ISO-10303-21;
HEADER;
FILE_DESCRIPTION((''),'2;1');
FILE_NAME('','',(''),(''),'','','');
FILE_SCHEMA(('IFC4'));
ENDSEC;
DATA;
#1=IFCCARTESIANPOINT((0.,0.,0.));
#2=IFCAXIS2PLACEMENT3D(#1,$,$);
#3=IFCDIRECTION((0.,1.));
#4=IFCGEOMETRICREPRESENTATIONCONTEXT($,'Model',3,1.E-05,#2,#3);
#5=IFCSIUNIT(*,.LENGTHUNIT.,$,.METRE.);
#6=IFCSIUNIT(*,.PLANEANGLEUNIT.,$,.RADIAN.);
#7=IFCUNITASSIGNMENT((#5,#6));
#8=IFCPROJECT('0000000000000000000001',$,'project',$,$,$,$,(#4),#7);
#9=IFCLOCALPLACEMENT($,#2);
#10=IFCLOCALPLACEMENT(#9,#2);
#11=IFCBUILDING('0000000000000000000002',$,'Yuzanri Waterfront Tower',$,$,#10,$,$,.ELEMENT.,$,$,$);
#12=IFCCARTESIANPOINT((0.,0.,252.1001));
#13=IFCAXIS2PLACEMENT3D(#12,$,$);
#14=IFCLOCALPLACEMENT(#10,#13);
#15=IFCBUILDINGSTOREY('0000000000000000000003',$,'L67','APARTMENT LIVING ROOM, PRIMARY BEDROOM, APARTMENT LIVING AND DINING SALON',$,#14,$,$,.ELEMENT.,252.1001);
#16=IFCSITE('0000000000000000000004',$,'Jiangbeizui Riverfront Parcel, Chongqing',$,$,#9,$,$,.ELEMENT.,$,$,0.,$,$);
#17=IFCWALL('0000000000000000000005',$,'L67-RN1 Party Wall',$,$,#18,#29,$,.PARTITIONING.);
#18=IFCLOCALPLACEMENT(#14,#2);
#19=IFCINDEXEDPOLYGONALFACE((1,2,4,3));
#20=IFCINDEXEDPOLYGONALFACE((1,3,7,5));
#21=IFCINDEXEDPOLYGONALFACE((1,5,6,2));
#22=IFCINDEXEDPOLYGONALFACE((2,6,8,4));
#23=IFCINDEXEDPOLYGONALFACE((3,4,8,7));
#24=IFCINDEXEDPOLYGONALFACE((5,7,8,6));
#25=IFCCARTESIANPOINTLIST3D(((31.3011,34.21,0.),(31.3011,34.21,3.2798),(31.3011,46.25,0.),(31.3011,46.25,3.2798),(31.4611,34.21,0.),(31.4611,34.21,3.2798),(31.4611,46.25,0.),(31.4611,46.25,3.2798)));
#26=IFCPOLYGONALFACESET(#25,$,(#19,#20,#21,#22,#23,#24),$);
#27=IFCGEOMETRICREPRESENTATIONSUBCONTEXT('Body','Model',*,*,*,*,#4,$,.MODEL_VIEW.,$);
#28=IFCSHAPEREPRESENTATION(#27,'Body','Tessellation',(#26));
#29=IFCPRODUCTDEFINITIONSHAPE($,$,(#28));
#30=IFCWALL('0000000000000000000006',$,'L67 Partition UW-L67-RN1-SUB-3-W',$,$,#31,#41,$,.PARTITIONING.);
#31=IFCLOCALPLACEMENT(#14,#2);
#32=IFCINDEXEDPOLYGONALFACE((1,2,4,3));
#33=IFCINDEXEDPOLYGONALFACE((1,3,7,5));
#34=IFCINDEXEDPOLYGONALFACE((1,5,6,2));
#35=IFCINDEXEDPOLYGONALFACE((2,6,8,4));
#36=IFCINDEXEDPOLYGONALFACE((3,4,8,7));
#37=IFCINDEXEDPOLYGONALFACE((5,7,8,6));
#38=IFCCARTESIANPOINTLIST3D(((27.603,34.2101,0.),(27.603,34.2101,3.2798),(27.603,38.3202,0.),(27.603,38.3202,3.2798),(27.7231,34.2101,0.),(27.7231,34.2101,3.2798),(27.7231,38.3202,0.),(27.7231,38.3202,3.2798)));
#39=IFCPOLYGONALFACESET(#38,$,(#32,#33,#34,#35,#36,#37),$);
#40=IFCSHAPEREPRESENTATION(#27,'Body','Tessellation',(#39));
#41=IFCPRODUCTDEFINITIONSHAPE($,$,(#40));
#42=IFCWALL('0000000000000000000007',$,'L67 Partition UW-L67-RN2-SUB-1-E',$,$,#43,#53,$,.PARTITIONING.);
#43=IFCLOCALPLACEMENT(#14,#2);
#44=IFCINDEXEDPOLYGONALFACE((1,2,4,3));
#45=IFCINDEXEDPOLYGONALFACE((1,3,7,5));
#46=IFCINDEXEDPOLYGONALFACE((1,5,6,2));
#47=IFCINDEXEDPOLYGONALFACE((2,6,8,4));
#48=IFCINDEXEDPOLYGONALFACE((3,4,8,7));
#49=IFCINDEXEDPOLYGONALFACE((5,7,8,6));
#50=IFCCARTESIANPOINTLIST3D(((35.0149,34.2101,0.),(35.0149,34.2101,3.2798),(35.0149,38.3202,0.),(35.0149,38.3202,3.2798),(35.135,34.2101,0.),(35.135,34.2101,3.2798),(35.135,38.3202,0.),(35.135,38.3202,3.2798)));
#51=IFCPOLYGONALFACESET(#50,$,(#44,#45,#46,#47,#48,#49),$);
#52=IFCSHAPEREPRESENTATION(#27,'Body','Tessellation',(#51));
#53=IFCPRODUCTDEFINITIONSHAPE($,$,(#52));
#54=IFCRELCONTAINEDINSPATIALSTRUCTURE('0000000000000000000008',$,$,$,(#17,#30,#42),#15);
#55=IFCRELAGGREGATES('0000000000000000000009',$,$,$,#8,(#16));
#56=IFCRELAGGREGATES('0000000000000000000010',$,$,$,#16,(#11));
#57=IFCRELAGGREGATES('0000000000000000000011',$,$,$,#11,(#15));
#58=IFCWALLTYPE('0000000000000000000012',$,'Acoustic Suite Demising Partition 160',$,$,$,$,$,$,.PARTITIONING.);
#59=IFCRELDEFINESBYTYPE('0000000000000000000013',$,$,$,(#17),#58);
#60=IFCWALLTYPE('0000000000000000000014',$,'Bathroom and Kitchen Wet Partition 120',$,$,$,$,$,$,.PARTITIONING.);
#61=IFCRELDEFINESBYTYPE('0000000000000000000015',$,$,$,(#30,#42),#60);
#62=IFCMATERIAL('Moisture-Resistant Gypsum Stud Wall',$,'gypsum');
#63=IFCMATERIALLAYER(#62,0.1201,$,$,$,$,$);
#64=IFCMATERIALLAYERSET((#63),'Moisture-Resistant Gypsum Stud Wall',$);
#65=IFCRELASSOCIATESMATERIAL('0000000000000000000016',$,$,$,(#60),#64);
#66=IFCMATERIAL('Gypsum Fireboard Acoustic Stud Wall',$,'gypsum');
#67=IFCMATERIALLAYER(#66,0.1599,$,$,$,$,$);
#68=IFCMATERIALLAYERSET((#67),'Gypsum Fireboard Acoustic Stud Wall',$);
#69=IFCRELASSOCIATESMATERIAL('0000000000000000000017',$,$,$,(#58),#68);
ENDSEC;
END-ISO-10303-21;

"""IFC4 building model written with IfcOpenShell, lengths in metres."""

from ifc_helpers import new_model, si_unit, direction, frame, frame_2d, origin, place, context, subcontext, project, spatial, rectangle, extrude, source, transform, mapped, material, layer, layer_set, type_object, element, save


model = new_model("IFC4")

# Units and contexts
model_context = context("Model", 3, precision=1e-05, world=origin(), true_north=direction((0.0, 1.0)))
body_context = subcontext(model_context, "Body", "Model", "MODEL_VIEW")
ifc_project = project(units=[si_unit("LENGTHUNIT", "METRE"), si_unit("PLANEANGLEUNIT", "RADIAN")], contexts=[model_context])

# Site, building, storey
site_placement = place(None, origin())
site = spatial("IfcSite", under=ifc_project, at=site_placement, Name="Jiangbeizui Riverfront Parcel, Chongqing", CompositionType="ELEMENT", RefElevation=0.0)
building_placement = place(site_placement, origin())
building = spatial("IfcBuilding", under=site, at=building_placement, Name="Yuzanri Waterfront Tower", CompositionType="ELEMENT")
storey_placement = place(building_placement, frame((0.0, 0.0, 252.1001)))
storey = spatial("IfcBuildingStorey", under=building, at=storey_placement, Name="L67", Description="APARTMENT LIVING ROOM, PRIMARY BEDROOM, APARTMENT LIVING AND DINING SALON", CompositionType="ELEMENT", Elevation=252.1001)

# Shared definitions
ifc_material_1 = material(Name="Moisture-Resistant Gypsum Stud Wall", Category="gypsum")
ifc_layer_1 = layer(ifc_material_1, 0.1201)
ifc_layer_set_1 = layer_set([ifc_layer_1], Name="Moisture-Resistant Gypsum Stud Wall")
wall_type_1 = type_object("IfcWallType", Name="Bathroom and Kitchen Wet Partition 120", PredefinedType="PARTITIONING", material=ifc_layer_set_1)

# Walls
ifc_material_2 = material(Name="Gypsum Fireboard Acoustic Stud Wall", Category="gypsum")
ifc_layer_2 = layer(ifc_material_2, 0.1599)
ifc_layer_set_2 = layer_set([ifc_layer_2], Name="Gypsum Fireboard Acoustic Stud Wall")
wall_type_2 = type_object("IfcWallType", Name="Acoustic Suite Demising Partition 160", PredefinedType="PARTITIONING", material=ifc_layer_set_2)
shared_shape_1 = source(origin(), body_context, "Body", "SweptSolid", [
    extrude(rectangle(XDim=12.04, YDim=0.1599, at=frame_2d((6.02, 0.0))), origin(), (0.0, 0.0, 1.0), 3.2798),
])
wall_1_placement = place(storey_placement, frame((31.3811, 34.21, 0.0), z_axis=(0.0, 0.0, 1.0), x_axis=(0.0, 1.0, 0.0)))
element("IfcWall", 1, at=wall_1_placement, inside=storey, type_object=wall_type_2, Name="L67-RN1 Party Wall", PredefinedType="PARTITIONING", context=body_context, shape_type="MappedRepresentation", body=[
    mapped(shared_shape_1, transform((0.0, 0.0, 0.0), scale=1.0)),
])
shared_shape_2 = source(origin(), body_context, "Body", "SweptSolid", [
    extrude(rectangle(XDim=4.1101, YDim=0.1201, at=frame_2d((2.0552, 0.0))), origin(), (0.0, 0.0, 1.0), 3.2798),
])
for number, where, z_axis, x_axis, name in (
    (2, (27.6631, 34.21, 0.0), (0.0, 0.0, 1.0), (0.0, 1.0, 0.0), "L67 Partition UW-L67-RN1-SUB-3-W"),
    (3, (35.075, 34.21, 0.0), (0.0, 0.0, 1.0), (0.0, 1.0, 0.0), "L67 Partition UW-L67-RN2-SUB-1-E"),
):
    element("IfcWall", number, at=place(storey_placement, frame(where, z_axis=z_axis, x_axis=x_axis)), inside=storey, type_object=wall_type_1, Name=name, PredefinedType="PARTITIONING", context=body_context, shape_type="MappedRepresentation", body=[
        mapped(shared_shape_2, transform((0.0, 0.0, 0.0), scale=1.0)),
    ])

save(model, "model.ifc")
